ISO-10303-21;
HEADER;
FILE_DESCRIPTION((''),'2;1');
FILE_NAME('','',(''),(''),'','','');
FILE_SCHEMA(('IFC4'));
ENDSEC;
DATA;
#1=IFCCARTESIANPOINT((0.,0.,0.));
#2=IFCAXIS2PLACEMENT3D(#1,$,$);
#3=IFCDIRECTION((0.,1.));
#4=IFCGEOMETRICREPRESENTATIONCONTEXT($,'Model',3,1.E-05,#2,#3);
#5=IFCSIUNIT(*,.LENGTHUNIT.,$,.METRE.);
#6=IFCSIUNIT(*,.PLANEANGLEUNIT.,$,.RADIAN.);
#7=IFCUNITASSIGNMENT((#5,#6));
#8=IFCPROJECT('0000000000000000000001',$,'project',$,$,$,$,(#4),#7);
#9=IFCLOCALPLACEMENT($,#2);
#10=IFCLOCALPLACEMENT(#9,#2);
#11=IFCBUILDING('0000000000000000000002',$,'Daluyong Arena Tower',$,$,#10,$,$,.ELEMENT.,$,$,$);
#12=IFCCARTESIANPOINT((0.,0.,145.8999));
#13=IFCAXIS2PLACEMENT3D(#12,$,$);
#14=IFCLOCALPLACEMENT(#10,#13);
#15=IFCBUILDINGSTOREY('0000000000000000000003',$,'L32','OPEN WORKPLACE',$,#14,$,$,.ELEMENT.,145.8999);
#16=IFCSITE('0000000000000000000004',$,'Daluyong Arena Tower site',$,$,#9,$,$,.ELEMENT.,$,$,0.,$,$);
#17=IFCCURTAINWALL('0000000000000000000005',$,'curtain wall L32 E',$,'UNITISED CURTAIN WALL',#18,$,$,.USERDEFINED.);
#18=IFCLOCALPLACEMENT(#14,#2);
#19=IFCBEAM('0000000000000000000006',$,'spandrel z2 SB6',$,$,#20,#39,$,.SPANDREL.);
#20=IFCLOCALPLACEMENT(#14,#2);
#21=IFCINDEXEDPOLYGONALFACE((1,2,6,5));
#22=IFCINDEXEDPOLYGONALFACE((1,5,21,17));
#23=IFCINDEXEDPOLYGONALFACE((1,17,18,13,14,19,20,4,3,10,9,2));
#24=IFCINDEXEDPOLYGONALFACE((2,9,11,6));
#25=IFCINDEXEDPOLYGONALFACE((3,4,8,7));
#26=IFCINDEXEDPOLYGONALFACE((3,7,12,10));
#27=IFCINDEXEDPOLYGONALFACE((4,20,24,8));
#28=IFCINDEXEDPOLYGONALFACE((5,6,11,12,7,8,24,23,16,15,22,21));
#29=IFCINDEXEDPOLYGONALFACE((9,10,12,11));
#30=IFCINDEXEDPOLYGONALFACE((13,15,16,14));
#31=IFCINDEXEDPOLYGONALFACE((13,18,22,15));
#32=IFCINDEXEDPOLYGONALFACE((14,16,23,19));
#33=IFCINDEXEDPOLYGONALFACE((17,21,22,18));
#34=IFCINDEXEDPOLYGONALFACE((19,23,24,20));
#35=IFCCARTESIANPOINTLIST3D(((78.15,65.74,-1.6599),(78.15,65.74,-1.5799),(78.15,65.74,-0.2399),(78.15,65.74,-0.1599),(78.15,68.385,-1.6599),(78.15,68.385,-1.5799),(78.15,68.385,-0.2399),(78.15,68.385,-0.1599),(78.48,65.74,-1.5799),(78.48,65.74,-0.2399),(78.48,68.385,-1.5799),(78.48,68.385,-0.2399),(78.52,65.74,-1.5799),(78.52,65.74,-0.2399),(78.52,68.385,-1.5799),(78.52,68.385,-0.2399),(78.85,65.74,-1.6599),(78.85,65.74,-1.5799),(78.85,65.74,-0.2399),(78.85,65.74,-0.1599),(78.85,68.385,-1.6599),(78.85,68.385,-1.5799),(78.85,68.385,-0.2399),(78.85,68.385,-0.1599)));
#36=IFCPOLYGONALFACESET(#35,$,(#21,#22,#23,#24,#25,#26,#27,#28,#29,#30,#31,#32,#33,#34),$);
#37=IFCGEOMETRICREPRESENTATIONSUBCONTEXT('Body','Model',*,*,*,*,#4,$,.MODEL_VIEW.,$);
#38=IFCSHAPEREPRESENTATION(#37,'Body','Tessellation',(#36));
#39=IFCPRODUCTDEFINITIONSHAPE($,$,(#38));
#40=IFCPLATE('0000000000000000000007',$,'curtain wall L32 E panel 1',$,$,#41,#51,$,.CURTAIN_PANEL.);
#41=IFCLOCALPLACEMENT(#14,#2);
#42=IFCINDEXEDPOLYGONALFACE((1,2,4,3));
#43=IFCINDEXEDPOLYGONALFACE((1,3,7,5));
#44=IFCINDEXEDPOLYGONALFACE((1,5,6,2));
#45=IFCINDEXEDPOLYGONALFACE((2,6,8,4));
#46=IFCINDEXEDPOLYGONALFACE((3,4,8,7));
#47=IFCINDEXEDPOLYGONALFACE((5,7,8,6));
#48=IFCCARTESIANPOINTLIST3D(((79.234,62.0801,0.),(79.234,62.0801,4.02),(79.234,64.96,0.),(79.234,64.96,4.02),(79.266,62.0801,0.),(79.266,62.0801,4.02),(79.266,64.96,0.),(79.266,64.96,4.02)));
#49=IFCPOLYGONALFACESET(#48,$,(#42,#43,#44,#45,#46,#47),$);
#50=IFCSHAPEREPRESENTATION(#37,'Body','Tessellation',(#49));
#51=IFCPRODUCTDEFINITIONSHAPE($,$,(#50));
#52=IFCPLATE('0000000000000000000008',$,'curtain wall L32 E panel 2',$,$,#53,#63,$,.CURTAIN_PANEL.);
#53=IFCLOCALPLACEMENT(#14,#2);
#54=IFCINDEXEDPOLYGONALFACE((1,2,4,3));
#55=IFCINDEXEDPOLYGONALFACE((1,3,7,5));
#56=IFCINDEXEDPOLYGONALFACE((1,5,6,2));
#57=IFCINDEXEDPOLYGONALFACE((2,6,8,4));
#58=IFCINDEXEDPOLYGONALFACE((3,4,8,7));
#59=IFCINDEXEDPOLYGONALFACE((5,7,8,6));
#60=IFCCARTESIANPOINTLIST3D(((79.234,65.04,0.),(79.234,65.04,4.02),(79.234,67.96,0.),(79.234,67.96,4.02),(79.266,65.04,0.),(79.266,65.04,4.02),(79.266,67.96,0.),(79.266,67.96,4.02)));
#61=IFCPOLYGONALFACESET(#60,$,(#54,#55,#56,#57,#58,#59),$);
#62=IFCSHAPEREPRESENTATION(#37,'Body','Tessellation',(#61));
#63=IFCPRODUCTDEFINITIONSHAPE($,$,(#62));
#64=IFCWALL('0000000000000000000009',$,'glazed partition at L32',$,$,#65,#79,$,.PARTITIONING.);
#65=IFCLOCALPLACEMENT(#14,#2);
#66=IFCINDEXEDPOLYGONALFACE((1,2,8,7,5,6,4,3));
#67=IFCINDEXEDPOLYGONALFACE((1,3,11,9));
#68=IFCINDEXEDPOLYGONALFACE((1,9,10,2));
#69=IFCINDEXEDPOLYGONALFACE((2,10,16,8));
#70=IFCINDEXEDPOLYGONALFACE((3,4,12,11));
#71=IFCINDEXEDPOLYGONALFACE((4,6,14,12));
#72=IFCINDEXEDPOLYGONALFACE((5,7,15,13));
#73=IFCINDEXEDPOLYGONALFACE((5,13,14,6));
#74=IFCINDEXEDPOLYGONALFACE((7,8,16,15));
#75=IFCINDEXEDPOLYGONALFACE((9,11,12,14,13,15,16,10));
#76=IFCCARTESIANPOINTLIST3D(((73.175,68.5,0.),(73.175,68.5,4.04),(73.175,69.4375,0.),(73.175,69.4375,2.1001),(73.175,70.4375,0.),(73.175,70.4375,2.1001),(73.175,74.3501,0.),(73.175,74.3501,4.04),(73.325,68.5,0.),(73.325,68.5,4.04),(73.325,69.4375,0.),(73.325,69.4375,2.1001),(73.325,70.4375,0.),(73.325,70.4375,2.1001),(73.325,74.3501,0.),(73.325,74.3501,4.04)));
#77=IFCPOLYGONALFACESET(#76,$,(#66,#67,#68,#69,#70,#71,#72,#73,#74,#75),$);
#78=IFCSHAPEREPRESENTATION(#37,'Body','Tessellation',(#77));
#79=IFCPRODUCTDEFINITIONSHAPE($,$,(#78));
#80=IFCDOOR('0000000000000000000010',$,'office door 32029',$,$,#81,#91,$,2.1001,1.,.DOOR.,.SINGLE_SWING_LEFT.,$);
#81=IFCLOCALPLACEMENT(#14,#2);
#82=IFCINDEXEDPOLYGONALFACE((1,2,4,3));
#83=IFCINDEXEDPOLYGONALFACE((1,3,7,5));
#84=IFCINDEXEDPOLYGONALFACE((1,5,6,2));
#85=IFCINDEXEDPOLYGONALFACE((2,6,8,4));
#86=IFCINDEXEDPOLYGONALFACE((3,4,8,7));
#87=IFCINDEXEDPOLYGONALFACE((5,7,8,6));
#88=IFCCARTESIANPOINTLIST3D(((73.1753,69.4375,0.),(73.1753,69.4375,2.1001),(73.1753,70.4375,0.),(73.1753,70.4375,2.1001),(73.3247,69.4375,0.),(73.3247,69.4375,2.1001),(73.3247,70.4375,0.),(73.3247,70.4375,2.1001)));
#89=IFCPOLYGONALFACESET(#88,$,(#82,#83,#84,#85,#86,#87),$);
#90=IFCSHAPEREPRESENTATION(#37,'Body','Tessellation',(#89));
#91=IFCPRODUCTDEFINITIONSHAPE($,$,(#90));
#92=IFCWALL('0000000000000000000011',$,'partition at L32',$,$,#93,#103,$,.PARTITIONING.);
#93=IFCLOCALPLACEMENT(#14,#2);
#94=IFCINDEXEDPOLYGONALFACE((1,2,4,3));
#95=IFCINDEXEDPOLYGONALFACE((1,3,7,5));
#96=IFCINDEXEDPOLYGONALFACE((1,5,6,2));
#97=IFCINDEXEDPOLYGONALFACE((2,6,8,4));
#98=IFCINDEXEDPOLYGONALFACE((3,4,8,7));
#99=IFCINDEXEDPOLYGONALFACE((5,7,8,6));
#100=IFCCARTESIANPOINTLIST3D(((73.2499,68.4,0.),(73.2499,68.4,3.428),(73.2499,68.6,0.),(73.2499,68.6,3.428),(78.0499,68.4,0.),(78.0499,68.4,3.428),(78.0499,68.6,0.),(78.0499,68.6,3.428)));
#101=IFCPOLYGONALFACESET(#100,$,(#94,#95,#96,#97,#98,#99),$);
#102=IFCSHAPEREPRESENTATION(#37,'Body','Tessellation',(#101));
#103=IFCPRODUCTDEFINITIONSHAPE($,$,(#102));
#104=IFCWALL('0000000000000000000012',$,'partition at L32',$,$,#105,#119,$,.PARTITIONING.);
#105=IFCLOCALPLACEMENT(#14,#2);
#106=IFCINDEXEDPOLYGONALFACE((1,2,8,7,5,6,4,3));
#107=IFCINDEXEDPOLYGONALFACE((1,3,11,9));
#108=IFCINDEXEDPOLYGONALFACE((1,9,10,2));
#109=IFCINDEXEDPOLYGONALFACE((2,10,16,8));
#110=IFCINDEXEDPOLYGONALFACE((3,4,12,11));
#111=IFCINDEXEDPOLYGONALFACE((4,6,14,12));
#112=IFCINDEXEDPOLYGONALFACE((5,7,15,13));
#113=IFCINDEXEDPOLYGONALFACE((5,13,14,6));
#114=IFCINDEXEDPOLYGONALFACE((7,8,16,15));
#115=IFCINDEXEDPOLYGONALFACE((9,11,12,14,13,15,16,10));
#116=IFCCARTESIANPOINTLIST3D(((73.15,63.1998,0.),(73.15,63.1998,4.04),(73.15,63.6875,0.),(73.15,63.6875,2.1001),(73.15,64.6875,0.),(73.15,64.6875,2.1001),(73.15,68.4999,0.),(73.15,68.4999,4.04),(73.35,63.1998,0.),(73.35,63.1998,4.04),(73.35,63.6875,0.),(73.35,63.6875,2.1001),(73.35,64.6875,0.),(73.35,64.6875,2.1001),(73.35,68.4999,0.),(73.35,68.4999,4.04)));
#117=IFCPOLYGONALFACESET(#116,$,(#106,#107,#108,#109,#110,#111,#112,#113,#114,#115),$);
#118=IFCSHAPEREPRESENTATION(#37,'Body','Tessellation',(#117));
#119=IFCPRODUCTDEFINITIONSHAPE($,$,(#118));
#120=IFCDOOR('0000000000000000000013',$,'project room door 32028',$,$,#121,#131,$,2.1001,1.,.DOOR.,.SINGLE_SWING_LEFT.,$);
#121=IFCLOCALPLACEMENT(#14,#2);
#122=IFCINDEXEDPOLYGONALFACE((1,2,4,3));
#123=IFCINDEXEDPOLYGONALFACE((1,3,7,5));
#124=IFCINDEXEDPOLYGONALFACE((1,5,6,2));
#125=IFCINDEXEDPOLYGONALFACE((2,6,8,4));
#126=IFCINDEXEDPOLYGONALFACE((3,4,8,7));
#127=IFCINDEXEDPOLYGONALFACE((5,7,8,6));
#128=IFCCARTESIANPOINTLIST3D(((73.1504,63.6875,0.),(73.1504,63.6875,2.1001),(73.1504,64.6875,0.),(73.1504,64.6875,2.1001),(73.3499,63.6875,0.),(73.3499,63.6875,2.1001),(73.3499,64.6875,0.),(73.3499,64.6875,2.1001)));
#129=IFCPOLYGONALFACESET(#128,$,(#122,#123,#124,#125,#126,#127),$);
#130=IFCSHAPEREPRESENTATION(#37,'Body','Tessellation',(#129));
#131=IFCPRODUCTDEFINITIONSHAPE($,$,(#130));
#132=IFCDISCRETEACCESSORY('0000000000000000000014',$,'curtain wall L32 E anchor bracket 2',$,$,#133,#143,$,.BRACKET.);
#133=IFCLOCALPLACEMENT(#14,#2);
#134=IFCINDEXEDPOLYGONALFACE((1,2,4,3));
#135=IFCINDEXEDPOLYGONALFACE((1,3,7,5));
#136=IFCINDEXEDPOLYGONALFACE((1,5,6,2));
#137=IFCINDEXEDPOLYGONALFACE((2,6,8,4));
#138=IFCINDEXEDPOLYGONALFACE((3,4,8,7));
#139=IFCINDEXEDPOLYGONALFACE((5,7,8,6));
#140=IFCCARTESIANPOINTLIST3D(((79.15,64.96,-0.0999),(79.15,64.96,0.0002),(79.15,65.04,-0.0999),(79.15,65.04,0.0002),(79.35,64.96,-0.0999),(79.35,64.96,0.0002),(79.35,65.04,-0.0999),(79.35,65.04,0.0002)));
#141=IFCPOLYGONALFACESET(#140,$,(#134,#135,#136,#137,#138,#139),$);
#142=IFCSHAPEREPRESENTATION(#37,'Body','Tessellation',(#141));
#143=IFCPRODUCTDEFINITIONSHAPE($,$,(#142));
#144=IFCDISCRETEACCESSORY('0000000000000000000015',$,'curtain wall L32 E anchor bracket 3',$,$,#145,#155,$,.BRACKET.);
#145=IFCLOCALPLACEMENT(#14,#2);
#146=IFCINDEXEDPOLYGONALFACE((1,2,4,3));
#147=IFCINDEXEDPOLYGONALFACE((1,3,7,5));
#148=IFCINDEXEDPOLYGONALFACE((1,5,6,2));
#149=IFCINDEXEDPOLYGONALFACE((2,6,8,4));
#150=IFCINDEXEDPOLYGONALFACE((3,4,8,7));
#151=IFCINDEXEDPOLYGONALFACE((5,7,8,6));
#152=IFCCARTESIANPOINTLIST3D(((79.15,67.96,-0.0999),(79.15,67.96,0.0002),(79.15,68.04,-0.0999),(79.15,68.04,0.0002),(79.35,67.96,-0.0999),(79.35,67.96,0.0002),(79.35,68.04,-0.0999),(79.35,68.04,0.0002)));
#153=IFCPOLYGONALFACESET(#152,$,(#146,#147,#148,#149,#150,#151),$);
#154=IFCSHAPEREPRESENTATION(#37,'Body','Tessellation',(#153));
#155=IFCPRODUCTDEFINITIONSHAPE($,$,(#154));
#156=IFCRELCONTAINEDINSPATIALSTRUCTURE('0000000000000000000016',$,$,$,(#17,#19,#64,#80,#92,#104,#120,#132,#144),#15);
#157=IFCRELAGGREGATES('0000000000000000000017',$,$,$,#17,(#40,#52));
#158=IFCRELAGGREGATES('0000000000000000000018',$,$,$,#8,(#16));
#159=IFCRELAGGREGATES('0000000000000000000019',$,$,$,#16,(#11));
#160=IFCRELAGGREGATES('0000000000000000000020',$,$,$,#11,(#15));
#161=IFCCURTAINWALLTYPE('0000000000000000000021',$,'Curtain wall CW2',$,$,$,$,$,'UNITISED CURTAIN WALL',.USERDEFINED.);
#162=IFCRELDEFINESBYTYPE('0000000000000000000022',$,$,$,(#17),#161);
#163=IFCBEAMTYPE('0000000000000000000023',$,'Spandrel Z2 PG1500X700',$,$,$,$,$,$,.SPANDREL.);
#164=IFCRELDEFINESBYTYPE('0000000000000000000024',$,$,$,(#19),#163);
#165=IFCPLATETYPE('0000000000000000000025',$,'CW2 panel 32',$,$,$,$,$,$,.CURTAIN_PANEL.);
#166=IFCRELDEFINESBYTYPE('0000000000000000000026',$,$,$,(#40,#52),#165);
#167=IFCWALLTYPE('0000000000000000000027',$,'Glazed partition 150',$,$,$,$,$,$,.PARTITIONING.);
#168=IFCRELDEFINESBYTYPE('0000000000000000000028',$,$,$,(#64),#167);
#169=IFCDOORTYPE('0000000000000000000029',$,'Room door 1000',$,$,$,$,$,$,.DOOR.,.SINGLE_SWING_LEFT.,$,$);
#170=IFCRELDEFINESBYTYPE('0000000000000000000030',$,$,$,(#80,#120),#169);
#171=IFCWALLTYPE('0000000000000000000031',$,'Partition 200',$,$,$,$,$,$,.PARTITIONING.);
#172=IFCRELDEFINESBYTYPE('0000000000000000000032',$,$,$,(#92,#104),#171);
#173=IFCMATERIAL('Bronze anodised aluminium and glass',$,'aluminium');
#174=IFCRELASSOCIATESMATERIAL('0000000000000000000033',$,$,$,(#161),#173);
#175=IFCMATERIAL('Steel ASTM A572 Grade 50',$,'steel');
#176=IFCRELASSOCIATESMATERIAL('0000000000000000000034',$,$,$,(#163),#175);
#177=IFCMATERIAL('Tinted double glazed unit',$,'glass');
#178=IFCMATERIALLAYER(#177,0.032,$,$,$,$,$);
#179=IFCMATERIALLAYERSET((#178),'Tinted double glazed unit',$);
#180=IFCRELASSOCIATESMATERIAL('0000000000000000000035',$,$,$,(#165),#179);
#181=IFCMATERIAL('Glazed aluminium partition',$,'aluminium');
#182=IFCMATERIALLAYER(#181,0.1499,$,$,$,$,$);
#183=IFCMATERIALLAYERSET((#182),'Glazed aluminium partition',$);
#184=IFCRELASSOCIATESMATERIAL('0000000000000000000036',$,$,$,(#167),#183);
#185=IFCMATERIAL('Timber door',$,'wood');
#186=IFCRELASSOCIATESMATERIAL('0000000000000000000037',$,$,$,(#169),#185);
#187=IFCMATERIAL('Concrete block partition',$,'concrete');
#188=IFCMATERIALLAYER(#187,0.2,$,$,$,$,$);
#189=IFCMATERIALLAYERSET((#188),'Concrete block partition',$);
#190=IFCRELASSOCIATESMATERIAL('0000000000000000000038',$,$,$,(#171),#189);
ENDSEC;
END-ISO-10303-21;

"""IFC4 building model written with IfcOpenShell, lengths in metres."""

from ifc_helpers import new_model, si_unit, direction, frame, frame_2d, origin, origin_2d, place, context, subcontext, project, spatial, rectangle, i_section, extrude, material, layer, layer_set, material_profile, profile_set, type_object, element, fill, aggregate, save


model = new_model("IFC4")

# Units and contexts
model_context = context("Model", 3, precision=1e-05, world=origin(), true_north=direction((0.0, 1.0)))
body_context = subcontext(model_context, "Body", "Model", "MODEL_VIEW")
ifc_project = project(units=[si_unit("LENGTHUNIT", "METRE"), si_unit("PLANEANGLEUNIT", "RADIAN")], contexts=[model_context])

# Site, building, storey
site_placement = place(None, origin())
site = spatial("IfcSite", under=ifc_project, at=site_placement, Name="Daluyong Arena Tower site", CompositionType="ELEMENT", RefElevation=0.0)
building_placement = place(site_placement, origin())
building = spatial("IfcBuilding", under=site, at=building_placement, Name="Daluyong Arena Tower", CompositionType="ELEMENT")
storey_placement = place(building_placement, frame((0.0, 0.0, 145.8999)))
storey = spatial("IfcBuildingStorey", under=building, at=storey_placement, Name="L32", Description="OPEN WORKPLACE", CompositionType="ELEMENT", Elevation=145.8999)

# Curtain wall
ifc_material_1 = material(Name="Bronze anodised aluminium and glass", Category="aluminium")
curtain_wall_type = type_object("IfcCurtainWallType", Name="Curtain wall CW2", ElementType="UNITISED CURTAIN WALL", PredefinedType="USERDEFINED", material=ifc_material_1)
curtain_wall_placement = place(storey_placement, origin())
curtain_wall = element("IfcCurtainWall", 1, at=curtain_wall_placement, inside=storey, type_object=curtain_wall_type, Name="curtain wall L32 E", ObjectType="UNITISED CURTAIN WALL", PredefinedType="USERDEFINED")

# Beam
ifc_material_2 = material(Name="Steel ASTM A572 Grade 50", Category="steel")
ifc_material_profile_1 = material_profile(ifc_material_2, i_section(OverallWidth=0.7, OverallDepth=1.5, WebThickness=0.04, FlangeThickness=0.08, at=origin_2d()))
ifc_profile_set_1 = profile_set([ifc_material_profile_1], Name="Steel ASTM A572 Grade 50")
beam_type_1 = type_object("IfcBeamType", Name="Spandrel Z2 PG1500X700", PredefinedType="SPANDREL", material=ifc_profile_set_1)
for number, where, z_axis, x_axis, name in (
    (2, (78.5, 65.74, -0.9099), (0.0, 1.0, 0.0), (-1.0, 0.0, 0.0), "spandrel z2 SB6"),
):
    element("IfcBeam", number, at=place(storey_placement, frame(where, z_axis=z_axis, x_axis=x_axis)), inside=storey, type_object=beam_type_1, Name=name, PredefinedType="SPANDREL", context=body_context, shape_type="SweptSolid", body=[
        extrude(i_section(OverallWidth=0.7, OverallDepth=1.5, WebThickness=0.04, FlangeThickness=0.08, at=origin_2d()), origin(), (0.0, 0.0, 1.0), 2.645),
    ])

# Plates
ifc_material_3 = material(Name="Tinted double glazed unit", Category="glass")
ifc_layer_1 = layer(ifc_material_3, 0.032)
ifc_layer_set_1 = layer_set([ifc_layer_1], Name="Tinted double glazed unit")
plate_type = type_object("IfcPlateType", Name="CW2 panel 32", PredefinedType="CURTAIN_PANEL", material=ifc_layer_set_1)
plate_1_placement = place(storey_placement, frame((79.25, 63.52, 0.0), z_axis=(0.0, 0.0, 1.0), x_axis=(0.0, 1.0, 0.0)))
plate_1 = element("IfcPlate", 3, at=plate_1_placement, type_object=plate_type, Name="curtain wall L32 E panel 1", PredefinedType="CURTAIN_PANEL", context=body_context, shape_type="SweptSolid", body=[
    extrude(rectangle(XDim=2.8799, YDim=0.032, at=origin_2d()), origin(), (0.0, 0.0, 1.0), 4.02),
])
plate_2_placement = place(storey_placement, frame((79.25, 66.5, 0.0), z_axis=(0.0, 0.0, 1.0), x_axis=(0.0, 1.0, 0.0)))
plate_2 = element("IfcPlate", 4, at=plate_2_placement, type_object=plate_type, Name="curtain wall L32 E panel 2", PredefinedType="CURTAIN_PANEL", context=body_context, shape_type="SweptSolid", body=[
    extrude(rectangle(XDim=2.9199, YDim=0.032, at=origin_2d()), origin(), (0.0, 0.0, 1.0), 4.02),
])
aggregate(curtain_wall, [plate_1, plate_2])

# Wall, opening, door
ifc_material_4 = material(Name="Glazed aluminium partition", Category="aluminium")
ifc_layer_2 = layer(ifc_material_4, 0.1499)
ifc_layer_set_2 = layer_set([ifc_layer_2], Name="Glazed aluminium partition")
wall_type_1 = type_object("IfcWallType", Name="Glazed partition 150", PredefinedType="PARTITIONING", material=ifc_layer_set_2)
wall_1_placement = place(storey_placement, frame((73.25, 68.5, 0.0), z_axis=(0.0, 0.0, 1.0), x_axis=(0.0, 1.0, 0.0)))
wall_1 = element("IfcWall", 5, at=wall_1_placement, inside=storey, type_object=wall_type_1, Name="glazed partition at L32", PredefinedType="PARTITIONING", context=body_context, shape_type="SweptSolid", body=[
    extrude(rectangle(XDim=5.8501, YDim=0.1499, at=frame_2d((2.925, 0.0))), origin(), (0.0, 0.0, 1.0), 4.04),
])
opening_1_placement = place(wall_1_placement, frame((0.9375, 0.0, 0.0)))
opening_1 = element("IfcOpeningElement", 6, at=opening_1_placement, cuts=wall_1, PredefinedType="OPENING", context=body_context, shape_type="SweptSolid", body=[
    extrude(rectangle(XDim=1.0, YDim=2.1001, at=frame_2d((0.5, 1.05))), frame((0.0, 0.085, 0.0), z_axis=(0.0, -1.0, 0.0), x_axis=(1.0, 0.0, 0.0)), (0.0, 0.0, 1.0), 0.1699),
])
ifc_material_5 = material(Name="Timber door", Category="wood")
door_type = type_object("IfcDoorType", Name="Room door 1000", OperationType="SINGLE_SWING_LEFT", PredefinedType="DOOR", material=ifc_material_5)
door_1_placement = place(opening_1_placement, origin())
door_1 = element("IfcDoor", 7, at=door_1_placement, inside=storey, type_object=door_type, Name="office door 32029", OperationType="SINGLE_SWING_LEFT", OverallHeight=2.1001, OverallWidth=1.0, PredefinedType="DOOR", context=body_context, shape_type="SweptSolid", body=[
    extrude(rectangle(XDim=1.0, YDim=2.1001, at=frame_2d((0.5, 1.05))), frame((0.0, 0.0747, 0.0), z_axis=(0.0, -1.0, 0.0), x_axis=(1.0, 0.0, 0.0)), (0.0, 0.0, 1.0), 0.1494),
])
fill(opening_1, door_1)

# Wall
ifc_material_6 = material(Name="Concrete block partition", Category="concrete")
ifc_layer_3 = layer(ifc_material_6, 0.2)
ifc_layer_set_3 = layer_set([ifc_layer_3], Name="Concrete block partition")
wall_type_2 = type_object("IfcWallType", Name="Partition 200", PredefinedType="PARTITIONING", material=ifc_layer_set_3)
wall_2_placement = place(storey_placement, frame((73.25, 68.5, 0.0), z_axis=(0.0, 0.0, 1.0), x_axis=(1.0, 0.0, 0.0)))
element("IfcWall", 8, at=wall_2_placement, inside=storey, type_object=wall_type_2, Name="partition at L32", PredefinedType="PARTITIONING", context=body_context, shape_type="SweptSolid", body=[
    extrude(rectangle(XDim=4.8, YDim=0.2, at=frame_2d((2.3999, 0.0))), origin(), (0.0, 0.0, 1.0), 3.428),
])

# Wall, opening, door
wall_3_placement = place(storey_placement, frame((73.25, 63.2, 0.0), z_axis=(0.0, 0.0, 1.0), x_axis=(0.0, 1.0, 0.0)))
wall_3 = element("IfcWall", 9, at=wall_3_placement, inside=storey, type_object=wall_type_2, Name="partition at L32", PredefinedType="PARTITIONING", context=body_context, shape_type="SweptSolid", body=[
    extrude(rectangle(XDim=5.3, YDim=0.2, at=frame_2d((2.6499, 0.0))), origin(), (0.0, 0.0, 1.0), 4.04),
])
opening_2_placement = place(wall_3_placement, frame((0.4875, 0.0, 0.0)))
opening_2 = element("IfcOpeningElement", 10, at=opening_2_placement, cuts=wall_3, PredefinedType="OPENING", context=body_context, shape_type="SweptSolid", body=[
    extrude(rectangle(XDim=1.0, YDim=2.1001, at=frame_2d((0.5, 1.05))), frame((0.0, 0.1099, 0.0), z_axis=(0.0, -1.0, 0.0), x_axis=(1.0, 0.0, 0.0)), (0.0, 0.0, 1.0), 0.22),
])
door_2_placement = place(opening_2_placement, origin())
door_2 = element("IfcDoor", 11, at=door_2_placement, inside=storey, type_object=door_type, Name="project room door 32028", OperationType="SINGLE_SWING_LEFT", OverallHeight=2.1001, OverallWidth=1.0, PredefinedType="DOOR", context=body_context, shape_type="SweptSolid", body=[
    extrude(rectangle(XDim=1.0, YDim=2.1001, at=frame_2d((0.5, 1.05))), frame((0.0, 0.0996, 0.0), z_axis=(0.0, -1.0, 0.0), x_axis=(1.0, 0.0, 0.0)), (0.0, 0.0, 1.0), 0.1995),
])
fill(opening_2, door_2)

# Discrete accessories
for number, where, z_axis, x_axis, name in (
    (12, (79.25, 65.0, -0.0999), (0.0, 0.0, 1.0), (0.0, 1.0, 0.0), "curtain wall L32 E anchor bracket 2"),
    (13, (79.25, 68.0, -0.0999), (0.0, 0.0, 1.0), (0.0, 1.0, 0.0), "curtain wall L32 E anchor bracket 3"),
):
    element("IfcDiscreteAccessory", number, at=place(storey_placement, frame(where, z_axis=z_axis, x_axis=x_axis)), inside=storey, Name=name, PredefinedType="BRACKET", context=body_context, shape_type="SweptSolid", body=[
        extrude(rectangle(XDim=0.0801, YDim=0.2, at=origin_2d()), origin(), (0.0, 0.0, 1.0), 0.1001),
    ])

save(model, "model.ifc")
